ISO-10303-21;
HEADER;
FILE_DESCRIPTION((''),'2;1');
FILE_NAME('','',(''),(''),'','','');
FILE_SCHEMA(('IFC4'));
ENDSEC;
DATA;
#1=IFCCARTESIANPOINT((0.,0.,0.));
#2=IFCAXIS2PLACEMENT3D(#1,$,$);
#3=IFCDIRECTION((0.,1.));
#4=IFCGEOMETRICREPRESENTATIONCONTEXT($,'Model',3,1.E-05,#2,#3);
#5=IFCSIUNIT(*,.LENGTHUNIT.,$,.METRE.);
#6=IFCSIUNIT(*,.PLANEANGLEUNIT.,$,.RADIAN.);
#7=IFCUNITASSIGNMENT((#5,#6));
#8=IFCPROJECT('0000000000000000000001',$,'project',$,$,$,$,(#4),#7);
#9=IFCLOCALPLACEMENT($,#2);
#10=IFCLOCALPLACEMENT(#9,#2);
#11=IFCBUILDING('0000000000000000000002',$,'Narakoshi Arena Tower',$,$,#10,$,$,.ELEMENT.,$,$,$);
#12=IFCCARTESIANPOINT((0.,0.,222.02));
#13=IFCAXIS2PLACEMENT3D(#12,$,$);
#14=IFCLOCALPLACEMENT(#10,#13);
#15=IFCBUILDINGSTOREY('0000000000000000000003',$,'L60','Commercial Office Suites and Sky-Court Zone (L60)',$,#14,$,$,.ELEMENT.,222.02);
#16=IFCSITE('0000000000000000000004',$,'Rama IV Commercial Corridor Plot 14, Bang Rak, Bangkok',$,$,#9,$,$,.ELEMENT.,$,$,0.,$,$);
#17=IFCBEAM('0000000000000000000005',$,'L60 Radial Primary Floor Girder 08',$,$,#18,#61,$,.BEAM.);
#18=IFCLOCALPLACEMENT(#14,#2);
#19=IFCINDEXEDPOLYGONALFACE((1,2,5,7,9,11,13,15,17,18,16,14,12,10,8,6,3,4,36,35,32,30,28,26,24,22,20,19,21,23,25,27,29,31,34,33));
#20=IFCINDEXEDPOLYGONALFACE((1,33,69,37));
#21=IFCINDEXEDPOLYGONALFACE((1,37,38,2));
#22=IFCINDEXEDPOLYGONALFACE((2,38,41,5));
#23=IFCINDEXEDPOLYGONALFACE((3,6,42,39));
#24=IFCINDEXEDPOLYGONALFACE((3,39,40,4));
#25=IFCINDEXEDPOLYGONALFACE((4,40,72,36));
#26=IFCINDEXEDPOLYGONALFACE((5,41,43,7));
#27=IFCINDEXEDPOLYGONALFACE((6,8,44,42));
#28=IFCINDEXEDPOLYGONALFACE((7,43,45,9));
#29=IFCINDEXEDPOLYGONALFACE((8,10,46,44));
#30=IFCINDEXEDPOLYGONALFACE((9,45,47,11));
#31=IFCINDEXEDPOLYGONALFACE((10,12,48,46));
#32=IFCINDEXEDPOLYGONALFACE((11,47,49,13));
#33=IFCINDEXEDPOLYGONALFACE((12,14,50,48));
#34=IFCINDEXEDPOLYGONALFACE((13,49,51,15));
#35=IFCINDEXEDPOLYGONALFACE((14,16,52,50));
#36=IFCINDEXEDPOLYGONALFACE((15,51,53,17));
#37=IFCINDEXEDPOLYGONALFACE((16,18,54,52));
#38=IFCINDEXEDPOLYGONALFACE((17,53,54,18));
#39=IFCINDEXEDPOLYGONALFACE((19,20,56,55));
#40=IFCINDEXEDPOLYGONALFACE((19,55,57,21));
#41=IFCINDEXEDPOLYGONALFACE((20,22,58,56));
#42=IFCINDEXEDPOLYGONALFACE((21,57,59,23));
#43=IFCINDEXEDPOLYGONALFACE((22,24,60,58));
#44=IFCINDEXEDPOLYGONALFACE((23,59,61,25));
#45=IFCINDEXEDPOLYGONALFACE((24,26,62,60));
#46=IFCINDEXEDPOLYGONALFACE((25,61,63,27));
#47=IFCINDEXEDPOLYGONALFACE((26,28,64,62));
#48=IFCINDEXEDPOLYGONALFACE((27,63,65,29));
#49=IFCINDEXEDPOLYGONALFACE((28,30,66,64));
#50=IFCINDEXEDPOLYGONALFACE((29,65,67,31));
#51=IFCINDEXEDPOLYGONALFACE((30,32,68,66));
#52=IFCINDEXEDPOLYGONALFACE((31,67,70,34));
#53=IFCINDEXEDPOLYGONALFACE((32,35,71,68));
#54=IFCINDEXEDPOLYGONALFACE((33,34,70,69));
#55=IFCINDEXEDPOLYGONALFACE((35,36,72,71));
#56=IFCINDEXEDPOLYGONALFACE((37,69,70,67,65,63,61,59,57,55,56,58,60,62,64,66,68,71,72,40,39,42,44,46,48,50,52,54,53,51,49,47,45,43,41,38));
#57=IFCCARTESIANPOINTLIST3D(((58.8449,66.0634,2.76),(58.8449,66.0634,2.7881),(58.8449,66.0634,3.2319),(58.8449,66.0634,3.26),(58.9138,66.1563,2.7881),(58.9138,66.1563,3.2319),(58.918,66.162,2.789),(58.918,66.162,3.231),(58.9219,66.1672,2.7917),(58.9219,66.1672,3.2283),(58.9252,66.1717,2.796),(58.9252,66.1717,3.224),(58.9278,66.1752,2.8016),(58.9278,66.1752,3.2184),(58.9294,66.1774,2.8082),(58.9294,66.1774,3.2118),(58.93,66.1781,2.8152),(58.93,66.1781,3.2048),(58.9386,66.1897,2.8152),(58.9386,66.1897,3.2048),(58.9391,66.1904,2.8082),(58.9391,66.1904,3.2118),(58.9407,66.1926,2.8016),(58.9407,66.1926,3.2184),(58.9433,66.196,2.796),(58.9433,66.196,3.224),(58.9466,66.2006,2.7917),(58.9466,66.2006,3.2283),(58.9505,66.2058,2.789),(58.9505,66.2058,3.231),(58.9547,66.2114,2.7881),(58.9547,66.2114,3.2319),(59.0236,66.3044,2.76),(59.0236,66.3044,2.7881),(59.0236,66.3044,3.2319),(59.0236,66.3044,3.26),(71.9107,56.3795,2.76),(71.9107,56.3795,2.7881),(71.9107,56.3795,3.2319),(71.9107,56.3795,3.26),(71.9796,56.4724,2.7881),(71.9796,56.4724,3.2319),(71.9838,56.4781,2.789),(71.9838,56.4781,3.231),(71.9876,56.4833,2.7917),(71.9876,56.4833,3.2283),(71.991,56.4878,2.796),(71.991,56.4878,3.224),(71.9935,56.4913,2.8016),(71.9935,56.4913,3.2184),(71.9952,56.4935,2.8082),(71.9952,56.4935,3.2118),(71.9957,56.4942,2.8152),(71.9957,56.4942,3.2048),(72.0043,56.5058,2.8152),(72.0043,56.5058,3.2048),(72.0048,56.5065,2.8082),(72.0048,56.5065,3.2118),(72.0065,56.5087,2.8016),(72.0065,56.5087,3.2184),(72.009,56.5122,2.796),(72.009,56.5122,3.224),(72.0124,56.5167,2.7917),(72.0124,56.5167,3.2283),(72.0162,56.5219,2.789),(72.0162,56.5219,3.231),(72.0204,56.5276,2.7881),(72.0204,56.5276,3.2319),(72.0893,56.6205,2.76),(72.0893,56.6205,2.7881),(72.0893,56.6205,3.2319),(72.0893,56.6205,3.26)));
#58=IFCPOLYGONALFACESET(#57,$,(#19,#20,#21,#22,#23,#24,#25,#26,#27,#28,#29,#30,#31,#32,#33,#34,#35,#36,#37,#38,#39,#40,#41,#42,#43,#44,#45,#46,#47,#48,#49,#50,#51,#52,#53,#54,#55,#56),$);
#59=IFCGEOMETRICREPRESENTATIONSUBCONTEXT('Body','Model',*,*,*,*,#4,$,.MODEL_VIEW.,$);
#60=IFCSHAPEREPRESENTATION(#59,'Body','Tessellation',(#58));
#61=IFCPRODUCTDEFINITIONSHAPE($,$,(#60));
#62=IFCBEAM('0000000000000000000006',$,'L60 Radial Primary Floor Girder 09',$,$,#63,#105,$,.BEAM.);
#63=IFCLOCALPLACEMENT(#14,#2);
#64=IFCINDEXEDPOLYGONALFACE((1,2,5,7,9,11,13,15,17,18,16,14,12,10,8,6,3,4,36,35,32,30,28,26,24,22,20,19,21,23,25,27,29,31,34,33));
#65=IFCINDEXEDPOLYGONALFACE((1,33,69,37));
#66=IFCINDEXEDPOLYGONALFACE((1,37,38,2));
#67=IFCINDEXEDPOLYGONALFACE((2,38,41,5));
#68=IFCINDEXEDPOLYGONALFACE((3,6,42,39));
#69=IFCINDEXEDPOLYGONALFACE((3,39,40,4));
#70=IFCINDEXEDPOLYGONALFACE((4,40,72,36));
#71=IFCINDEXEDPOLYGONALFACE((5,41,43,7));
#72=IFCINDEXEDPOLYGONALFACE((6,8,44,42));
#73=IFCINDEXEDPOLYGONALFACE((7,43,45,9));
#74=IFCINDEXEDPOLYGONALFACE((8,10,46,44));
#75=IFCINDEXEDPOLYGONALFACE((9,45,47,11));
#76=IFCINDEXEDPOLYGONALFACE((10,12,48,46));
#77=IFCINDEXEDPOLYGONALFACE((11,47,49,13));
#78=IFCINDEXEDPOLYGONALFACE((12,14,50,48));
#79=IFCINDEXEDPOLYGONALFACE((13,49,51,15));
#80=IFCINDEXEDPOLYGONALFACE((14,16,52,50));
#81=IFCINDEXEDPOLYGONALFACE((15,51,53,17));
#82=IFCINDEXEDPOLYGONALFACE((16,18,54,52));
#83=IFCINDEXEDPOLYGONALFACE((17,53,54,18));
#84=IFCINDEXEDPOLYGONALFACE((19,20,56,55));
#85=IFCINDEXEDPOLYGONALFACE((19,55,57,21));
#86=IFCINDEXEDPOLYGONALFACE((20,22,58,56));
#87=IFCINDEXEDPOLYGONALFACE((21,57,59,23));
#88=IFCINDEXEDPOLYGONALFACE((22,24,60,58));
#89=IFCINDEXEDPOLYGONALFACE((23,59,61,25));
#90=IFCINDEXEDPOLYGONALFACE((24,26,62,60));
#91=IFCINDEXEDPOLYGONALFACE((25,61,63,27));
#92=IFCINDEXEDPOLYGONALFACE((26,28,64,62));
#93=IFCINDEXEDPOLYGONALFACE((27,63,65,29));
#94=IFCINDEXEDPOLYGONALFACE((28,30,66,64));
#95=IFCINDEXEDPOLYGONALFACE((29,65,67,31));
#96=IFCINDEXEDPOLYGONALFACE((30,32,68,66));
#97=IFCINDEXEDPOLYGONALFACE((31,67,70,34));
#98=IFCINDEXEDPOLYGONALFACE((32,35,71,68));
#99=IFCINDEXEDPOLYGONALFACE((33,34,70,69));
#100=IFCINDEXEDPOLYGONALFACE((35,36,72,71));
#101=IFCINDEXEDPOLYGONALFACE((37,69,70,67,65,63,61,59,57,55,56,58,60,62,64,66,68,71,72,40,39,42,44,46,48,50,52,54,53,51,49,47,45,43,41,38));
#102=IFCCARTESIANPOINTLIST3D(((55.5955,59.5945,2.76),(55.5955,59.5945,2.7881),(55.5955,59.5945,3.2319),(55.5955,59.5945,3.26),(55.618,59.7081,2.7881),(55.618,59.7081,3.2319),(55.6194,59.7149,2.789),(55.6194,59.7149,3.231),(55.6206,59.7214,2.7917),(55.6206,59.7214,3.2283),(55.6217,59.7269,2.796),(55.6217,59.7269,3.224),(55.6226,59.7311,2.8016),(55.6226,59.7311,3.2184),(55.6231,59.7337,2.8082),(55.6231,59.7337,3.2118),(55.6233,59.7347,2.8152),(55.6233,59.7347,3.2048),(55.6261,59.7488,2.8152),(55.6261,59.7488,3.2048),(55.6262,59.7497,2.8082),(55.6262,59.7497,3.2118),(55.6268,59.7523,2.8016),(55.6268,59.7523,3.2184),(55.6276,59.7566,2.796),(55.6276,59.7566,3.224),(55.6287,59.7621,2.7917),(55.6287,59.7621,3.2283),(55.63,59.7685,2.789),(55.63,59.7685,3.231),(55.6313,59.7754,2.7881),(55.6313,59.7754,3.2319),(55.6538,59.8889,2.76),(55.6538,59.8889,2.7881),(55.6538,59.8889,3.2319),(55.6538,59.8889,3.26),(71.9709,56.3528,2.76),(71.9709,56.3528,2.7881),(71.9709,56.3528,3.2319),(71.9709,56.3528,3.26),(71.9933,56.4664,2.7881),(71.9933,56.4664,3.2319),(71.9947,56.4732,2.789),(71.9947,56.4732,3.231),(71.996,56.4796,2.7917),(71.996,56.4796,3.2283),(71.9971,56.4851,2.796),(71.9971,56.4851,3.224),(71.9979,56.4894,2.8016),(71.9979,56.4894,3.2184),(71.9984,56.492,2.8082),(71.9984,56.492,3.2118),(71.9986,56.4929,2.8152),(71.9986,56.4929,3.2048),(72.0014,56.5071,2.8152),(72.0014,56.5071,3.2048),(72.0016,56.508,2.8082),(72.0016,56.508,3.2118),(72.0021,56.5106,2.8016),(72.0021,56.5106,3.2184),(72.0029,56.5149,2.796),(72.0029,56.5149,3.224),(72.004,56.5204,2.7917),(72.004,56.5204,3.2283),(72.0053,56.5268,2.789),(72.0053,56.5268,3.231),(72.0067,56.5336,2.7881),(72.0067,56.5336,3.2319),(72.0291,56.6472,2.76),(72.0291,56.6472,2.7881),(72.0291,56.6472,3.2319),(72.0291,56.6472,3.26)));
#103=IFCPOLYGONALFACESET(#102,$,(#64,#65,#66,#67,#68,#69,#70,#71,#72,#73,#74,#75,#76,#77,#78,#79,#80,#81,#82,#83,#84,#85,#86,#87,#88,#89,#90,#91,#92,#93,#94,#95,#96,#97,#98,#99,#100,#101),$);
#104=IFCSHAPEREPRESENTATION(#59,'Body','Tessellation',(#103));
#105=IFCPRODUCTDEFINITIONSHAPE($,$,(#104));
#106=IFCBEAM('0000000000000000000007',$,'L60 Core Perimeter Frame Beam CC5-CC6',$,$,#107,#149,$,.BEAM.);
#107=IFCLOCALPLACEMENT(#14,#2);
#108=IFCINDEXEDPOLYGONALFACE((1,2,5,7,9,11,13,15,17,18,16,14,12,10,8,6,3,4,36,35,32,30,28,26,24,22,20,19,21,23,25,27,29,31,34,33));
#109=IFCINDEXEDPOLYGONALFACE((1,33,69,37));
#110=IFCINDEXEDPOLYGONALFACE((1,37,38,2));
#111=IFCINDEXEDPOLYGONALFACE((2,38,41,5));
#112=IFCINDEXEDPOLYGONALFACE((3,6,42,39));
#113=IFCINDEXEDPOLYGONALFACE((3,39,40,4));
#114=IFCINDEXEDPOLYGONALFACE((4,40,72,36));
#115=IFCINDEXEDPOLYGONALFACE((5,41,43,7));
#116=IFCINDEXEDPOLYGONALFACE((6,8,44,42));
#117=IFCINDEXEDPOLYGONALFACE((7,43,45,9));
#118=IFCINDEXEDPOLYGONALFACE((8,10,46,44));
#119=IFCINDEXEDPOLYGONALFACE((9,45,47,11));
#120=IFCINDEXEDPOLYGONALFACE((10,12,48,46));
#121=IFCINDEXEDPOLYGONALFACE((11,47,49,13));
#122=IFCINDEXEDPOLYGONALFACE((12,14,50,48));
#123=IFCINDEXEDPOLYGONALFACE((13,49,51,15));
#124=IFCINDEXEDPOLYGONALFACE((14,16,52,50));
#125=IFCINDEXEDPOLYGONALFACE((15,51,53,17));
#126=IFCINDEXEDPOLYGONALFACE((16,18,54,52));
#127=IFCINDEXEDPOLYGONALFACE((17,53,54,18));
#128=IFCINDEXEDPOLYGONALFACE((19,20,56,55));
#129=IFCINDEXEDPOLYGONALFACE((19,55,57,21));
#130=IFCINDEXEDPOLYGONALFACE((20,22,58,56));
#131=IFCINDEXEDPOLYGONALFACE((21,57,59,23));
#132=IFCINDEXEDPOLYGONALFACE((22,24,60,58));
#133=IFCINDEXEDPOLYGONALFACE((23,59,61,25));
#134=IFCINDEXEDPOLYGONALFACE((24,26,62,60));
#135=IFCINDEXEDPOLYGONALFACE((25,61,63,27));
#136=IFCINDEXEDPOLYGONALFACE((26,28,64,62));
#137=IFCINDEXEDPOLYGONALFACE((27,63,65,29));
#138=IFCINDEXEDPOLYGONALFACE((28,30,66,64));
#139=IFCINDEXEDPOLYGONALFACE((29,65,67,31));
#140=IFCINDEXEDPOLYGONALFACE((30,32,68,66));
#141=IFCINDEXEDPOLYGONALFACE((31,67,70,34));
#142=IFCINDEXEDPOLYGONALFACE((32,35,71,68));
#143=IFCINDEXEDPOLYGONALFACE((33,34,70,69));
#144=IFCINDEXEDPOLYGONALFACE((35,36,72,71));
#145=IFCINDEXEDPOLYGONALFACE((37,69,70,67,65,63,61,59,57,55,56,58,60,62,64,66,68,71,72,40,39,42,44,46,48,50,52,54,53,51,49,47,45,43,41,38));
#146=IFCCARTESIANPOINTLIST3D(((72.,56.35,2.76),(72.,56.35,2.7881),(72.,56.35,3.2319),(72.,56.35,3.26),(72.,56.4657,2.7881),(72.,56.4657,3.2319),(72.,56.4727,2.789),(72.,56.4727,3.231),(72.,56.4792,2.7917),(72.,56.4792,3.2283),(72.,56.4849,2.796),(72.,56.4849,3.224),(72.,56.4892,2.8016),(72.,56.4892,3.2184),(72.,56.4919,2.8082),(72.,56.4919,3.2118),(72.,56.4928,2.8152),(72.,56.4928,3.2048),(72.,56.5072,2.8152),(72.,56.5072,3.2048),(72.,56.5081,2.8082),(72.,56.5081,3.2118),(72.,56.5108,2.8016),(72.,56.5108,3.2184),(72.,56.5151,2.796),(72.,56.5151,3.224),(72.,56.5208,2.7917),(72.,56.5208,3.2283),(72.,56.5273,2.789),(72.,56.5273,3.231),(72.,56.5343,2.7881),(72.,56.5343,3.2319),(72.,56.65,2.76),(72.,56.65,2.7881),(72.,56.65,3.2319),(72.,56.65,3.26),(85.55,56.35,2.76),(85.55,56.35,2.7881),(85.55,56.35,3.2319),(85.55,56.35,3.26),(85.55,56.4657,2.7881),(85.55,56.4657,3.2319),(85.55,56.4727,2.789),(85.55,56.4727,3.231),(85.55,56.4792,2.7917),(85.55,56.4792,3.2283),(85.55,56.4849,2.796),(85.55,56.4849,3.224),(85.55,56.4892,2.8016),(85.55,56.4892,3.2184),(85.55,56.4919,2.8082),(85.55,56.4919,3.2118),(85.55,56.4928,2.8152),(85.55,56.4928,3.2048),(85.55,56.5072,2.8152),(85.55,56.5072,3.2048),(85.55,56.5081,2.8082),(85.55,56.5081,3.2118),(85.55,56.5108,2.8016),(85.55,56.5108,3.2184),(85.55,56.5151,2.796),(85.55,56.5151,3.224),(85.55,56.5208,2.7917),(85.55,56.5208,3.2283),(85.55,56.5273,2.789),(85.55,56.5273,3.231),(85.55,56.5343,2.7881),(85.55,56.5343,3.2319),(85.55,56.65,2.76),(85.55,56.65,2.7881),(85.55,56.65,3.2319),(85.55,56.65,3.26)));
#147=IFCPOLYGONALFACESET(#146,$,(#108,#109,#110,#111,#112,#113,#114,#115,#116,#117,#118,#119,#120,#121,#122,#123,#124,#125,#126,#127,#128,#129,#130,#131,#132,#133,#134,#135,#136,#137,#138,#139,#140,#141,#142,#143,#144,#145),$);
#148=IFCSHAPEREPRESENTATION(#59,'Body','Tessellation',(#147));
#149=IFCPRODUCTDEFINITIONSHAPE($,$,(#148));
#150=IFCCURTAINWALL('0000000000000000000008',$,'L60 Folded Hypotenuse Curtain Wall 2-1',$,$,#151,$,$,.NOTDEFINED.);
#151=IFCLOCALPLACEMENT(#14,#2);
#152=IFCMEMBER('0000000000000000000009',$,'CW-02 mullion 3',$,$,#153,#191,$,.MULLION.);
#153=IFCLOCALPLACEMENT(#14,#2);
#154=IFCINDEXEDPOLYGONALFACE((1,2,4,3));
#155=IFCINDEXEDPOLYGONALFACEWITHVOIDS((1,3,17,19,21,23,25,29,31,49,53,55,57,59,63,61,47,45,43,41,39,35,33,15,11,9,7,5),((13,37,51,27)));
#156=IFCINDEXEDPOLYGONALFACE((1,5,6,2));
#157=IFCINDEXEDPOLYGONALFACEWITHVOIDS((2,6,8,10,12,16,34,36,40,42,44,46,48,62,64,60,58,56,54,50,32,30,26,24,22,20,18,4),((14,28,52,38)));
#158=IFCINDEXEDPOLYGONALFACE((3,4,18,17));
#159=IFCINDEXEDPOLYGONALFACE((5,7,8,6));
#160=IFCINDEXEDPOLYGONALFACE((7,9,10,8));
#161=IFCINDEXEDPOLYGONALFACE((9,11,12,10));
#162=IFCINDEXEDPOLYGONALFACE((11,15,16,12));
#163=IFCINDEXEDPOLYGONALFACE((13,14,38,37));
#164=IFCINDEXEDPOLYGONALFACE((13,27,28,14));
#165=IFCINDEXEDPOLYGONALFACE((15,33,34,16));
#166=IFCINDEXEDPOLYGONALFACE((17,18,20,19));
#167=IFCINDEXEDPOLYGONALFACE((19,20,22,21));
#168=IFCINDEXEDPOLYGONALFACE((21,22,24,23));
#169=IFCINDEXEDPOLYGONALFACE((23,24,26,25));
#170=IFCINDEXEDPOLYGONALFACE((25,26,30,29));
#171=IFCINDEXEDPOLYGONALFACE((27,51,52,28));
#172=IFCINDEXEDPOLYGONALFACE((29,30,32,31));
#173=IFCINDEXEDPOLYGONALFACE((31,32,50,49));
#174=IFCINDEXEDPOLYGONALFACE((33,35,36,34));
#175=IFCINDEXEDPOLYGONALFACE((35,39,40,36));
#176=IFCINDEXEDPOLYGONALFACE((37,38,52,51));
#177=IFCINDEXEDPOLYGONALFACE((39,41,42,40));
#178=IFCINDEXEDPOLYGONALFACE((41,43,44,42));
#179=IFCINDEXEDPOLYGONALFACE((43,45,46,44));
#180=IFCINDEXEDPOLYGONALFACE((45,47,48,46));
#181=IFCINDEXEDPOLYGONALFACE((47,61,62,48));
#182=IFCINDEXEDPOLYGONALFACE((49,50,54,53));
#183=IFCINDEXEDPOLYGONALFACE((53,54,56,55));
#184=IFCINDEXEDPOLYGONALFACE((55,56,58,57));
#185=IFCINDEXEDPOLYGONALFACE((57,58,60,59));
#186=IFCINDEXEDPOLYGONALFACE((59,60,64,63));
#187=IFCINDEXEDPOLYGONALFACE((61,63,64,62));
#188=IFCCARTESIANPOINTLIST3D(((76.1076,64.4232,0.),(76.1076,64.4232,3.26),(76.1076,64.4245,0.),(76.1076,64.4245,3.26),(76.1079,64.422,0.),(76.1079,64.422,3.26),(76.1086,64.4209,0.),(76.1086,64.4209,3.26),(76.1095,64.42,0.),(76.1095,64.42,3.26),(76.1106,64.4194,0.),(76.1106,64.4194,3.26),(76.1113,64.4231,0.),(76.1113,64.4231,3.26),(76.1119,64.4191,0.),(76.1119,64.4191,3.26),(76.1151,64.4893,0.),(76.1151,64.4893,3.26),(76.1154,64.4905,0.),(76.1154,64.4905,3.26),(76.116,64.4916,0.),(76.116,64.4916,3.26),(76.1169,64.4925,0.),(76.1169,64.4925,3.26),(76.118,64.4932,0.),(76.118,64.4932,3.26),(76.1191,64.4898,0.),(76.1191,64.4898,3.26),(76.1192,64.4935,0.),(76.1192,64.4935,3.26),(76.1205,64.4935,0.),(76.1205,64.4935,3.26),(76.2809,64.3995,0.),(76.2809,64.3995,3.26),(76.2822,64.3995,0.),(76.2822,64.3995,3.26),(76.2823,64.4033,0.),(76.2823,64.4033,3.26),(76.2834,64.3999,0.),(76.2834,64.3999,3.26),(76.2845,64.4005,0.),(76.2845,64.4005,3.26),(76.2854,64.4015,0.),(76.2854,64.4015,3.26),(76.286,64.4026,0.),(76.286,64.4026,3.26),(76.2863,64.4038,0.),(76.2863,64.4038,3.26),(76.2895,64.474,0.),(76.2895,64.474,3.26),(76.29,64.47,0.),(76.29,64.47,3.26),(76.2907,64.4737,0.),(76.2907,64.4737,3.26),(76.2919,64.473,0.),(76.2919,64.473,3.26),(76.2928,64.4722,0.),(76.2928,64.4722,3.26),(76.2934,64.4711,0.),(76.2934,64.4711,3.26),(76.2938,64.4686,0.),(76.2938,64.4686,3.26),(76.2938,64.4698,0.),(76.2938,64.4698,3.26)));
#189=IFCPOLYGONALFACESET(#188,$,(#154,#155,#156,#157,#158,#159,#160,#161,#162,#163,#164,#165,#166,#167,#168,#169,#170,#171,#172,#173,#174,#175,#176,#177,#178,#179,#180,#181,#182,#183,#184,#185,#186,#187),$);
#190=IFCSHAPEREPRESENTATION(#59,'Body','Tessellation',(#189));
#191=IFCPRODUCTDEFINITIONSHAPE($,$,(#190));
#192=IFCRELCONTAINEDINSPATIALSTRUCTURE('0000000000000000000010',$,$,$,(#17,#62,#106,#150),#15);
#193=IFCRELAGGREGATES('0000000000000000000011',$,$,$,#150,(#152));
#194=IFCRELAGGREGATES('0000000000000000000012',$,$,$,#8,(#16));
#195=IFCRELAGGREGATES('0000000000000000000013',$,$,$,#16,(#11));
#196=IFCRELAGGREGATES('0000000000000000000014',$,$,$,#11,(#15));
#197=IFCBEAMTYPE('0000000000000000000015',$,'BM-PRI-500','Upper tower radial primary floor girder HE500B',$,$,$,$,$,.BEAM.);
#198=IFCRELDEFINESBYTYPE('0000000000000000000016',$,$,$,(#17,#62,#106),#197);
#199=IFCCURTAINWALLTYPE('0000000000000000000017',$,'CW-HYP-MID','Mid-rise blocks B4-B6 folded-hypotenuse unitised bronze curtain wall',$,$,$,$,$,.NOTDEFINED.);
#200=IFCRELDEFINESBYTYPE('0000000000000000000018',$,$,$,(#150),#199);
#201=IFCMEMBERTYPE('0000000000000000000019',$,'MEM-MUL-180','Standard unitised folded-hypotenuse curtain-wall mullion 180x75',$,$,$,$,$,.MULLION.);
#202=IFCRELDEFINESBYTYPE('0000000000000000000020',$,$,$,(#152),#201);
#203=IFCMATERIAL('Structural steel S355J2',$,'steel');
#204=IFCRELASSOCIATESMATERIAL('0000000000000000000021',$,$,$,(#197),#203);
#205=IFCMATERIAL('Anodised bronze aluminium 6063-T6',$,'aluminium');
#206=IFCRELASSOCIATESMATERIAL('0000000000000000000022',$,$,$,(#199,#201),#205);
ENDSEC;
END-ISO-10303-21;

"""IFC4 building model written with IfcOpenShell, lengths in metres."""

from ifc_helpers import new_model, si_unit, direction, frame, origin, origin_2d, place, context, subcontext, project, spatial, hollow_rectangle, i_section, extrude, material, material_profile, profile_set, type_object, element, aggregate, save


model = new_model("IFC4")

# Units and contexts
model_context = context("Model", 3, precision=1e-05, world=origin(), true_north=direction((0.0, 1.0)))
body_context = subcontext(model_context, "Body", "Model", "MODEL_VIEW")
ifc_project = project(units=[si_unit("LENGTHUNIT", "METRE"), si_unit("PLANEANGLEUNIT", "RADIAN")], contexts=[model_context])

# Site, building, storey
site_placement = place(None, origin())
site = spatial("IfcSite", under=ifc_project, at=site_placement, Name="Rama IV Commercial Corridor Plot 14, Bang Rak, Bangkok", CompositionType="ELEMENT", RefElevation=0.0)
building_placement = place(site_placement, origin())
building = spatial("IfcBuilding", under=site, at=building_placement, Name="Narakoshi Arena Tower", CompositionType="ELEMENT")
storey_placement = place(building_placement, frame((0.0, 0.0, 222.02)))
storey = spatial("IfcBuildingStorey", under=building, at=storey_placement, Name="L60", Description="Commercial Office Suites and Sky-Court Zone (L60)", CompositionType="ELEMENT", Elevation=222.02)

# Beams
ifc_material_1 = material(Name="Structural steel S355J2", Category="steel")
ifc_material_profile_1 = material_profile(ifc_material_1, i_section(OverallWidth=0.3, OverallDepth=0.5, WebThickness=0.0144, FlangeThickness=0.0281, FilletRadius=0.0271, at=origin_2d()), Name="HE500B")
ifc_profile_set_1 = profile_set([ifc_material_profile_1], Name="Structural steel S355J2")
beam_type = type_object("IfcBeamType", Name="BM-PRI-500", Description="Upper tower radial primary floor girder HE500B", PredefinedType="BEAM", material=ifc_profile_set_1)
beam_1_placement = place(storey_placement, frame((72.0, 56.5, 3.01), z_axis=(-0.803394, 0.595448, 0.0), x_axis=(-0.595448, -0.803394, 0.0)))
element("IfcBeam", 1, at=beam_1_placement, inside=storey, type_object=beam_type, Name="L60 Radial Primary Floor Girder 08", PredefinedType="BEAM", context=body_context, shape_type="SweptSolid", body=[
    extrude(i_section(OverallWidth=0.3, OverallDepth=0.5, WebThickness=0.0144, FlangeThickness=0.0281, FilletRadius=0.0271, at=origin_2d()), origin(), (0.0, 0.0, 1.0), 16.2632),
])
beam_2_placement = place(storey_placement, frame((72.0, 56.5, 3.01), z_axis=(-0.980963, 0.194195, 0.0), x_axis=(-0.194195, -0.980963, 0.0)))
element("IfcBeam", 2, at=beam_2_placement, inside=storey, type_object=beam_type, Name="L60 Radial Primary Floor Girder 09", PredefinedType="BEAM", context=body_context, shape_type="SweptSolid", body=[
    extrude(i_section(OverallWidth=0.3, OverallDepth=0.5, WebThickness=0.0144, FlangeThickness=0.0281, FilletRadius=0.0271, at=origin_2d()), origin(), (0.0, 0.0, 1.0), 16.6931),
])
beam_3_placement = place(storey_placement, frame((72.0, 56.5, 3.01), z_axis=(1.0, 0.0, 0.0), x_axis=(0.0, 1.0, 0.0)))
element("IfcBeam", 3, at=beam_3_placement, inside=storey, type_object=beam_type, Name="L60 Core Perimeter Frame Beam CC5-CC6", PredefinedType="BEAM", context=body_context, shape_type="SweptSolid", body=[
    extrude(i_section(OverallWidth=0.3, OverallDepth=0.5, WebThickness=0.0144, FlangeThickness=0.0281, FilletRadius=0.0271, at=origin_2d()), origin(), (0.0, 0.0, 1.0), 13.55),
])

# Curtain wall, member
ifc_material_2 = material(Name="Anodised bronze aluminium 6063-T6", Category="aluminium")
curtain_wall_type = type_object("IfcCurtainWallType", Name="CW-HYP-MID", Description="Mid-rise blocks B4-B6 folded-hypotenuse unitised bronze curtain wall", PredefinedType="NOTDEFINED", material=ifc_material_2)
curtain_wall_placement = place(storey_placement, origin())
curtain_wall = element("IfcCurtainWall", 4, at=curtain_wall_placement, inside=storey, type_object=curtain_wall_type, Name="L60 Folded Hypotenuse Curtain Wall 2-1", PredefinedType="NOTDEFINED")
ifc_material_profile_2 = material_profile(ifc_material_2, hollow_rectangle(XDim=0.075, YDim=0.1799, WallThickness=0.0039, OuterFilletRadius=0.0049, at=origin_2d()), Name="MUL180x75x4")
ifc_profile_set_2 = profile_set([ifc_material_profile_2], Name="Anodised bronze aluminium 6063-T6")
member_type_1 = type_object("IfcMemberType", Name="MEM-MUL-180", Description="Standard unitised folded-hypotenuse curtain-wall mullion 180x75", PredefinedType="MULLION", material=ifc_profile_set_2)
member_1_placement = place(storey_placement, frame((76.2007, 64.4465, 0.0), z_axis=(0.0, 0.0, 1.0), x_axis=(-0.115011, -0.993364, 0.0)))
member_1 = element("IfcMember", 5, at=member_1_placement, type_object=member_type_1, Name="CW-02 mullion 3", PredefinedType="MULLION", context=body_context, shape_type="SweptSolid", body=[
    extrude(hollow_rectangle(XDim=0.075, YDim=0.1799, WallThickness=0.0039, OuterFilletRadius=0.0049, at=origin_2d()), origin(), (0.0, 0.0, 1.0), 3.26),
])
aggregate(curtain_wall, [member_1])

save(model, "model.ifc")
